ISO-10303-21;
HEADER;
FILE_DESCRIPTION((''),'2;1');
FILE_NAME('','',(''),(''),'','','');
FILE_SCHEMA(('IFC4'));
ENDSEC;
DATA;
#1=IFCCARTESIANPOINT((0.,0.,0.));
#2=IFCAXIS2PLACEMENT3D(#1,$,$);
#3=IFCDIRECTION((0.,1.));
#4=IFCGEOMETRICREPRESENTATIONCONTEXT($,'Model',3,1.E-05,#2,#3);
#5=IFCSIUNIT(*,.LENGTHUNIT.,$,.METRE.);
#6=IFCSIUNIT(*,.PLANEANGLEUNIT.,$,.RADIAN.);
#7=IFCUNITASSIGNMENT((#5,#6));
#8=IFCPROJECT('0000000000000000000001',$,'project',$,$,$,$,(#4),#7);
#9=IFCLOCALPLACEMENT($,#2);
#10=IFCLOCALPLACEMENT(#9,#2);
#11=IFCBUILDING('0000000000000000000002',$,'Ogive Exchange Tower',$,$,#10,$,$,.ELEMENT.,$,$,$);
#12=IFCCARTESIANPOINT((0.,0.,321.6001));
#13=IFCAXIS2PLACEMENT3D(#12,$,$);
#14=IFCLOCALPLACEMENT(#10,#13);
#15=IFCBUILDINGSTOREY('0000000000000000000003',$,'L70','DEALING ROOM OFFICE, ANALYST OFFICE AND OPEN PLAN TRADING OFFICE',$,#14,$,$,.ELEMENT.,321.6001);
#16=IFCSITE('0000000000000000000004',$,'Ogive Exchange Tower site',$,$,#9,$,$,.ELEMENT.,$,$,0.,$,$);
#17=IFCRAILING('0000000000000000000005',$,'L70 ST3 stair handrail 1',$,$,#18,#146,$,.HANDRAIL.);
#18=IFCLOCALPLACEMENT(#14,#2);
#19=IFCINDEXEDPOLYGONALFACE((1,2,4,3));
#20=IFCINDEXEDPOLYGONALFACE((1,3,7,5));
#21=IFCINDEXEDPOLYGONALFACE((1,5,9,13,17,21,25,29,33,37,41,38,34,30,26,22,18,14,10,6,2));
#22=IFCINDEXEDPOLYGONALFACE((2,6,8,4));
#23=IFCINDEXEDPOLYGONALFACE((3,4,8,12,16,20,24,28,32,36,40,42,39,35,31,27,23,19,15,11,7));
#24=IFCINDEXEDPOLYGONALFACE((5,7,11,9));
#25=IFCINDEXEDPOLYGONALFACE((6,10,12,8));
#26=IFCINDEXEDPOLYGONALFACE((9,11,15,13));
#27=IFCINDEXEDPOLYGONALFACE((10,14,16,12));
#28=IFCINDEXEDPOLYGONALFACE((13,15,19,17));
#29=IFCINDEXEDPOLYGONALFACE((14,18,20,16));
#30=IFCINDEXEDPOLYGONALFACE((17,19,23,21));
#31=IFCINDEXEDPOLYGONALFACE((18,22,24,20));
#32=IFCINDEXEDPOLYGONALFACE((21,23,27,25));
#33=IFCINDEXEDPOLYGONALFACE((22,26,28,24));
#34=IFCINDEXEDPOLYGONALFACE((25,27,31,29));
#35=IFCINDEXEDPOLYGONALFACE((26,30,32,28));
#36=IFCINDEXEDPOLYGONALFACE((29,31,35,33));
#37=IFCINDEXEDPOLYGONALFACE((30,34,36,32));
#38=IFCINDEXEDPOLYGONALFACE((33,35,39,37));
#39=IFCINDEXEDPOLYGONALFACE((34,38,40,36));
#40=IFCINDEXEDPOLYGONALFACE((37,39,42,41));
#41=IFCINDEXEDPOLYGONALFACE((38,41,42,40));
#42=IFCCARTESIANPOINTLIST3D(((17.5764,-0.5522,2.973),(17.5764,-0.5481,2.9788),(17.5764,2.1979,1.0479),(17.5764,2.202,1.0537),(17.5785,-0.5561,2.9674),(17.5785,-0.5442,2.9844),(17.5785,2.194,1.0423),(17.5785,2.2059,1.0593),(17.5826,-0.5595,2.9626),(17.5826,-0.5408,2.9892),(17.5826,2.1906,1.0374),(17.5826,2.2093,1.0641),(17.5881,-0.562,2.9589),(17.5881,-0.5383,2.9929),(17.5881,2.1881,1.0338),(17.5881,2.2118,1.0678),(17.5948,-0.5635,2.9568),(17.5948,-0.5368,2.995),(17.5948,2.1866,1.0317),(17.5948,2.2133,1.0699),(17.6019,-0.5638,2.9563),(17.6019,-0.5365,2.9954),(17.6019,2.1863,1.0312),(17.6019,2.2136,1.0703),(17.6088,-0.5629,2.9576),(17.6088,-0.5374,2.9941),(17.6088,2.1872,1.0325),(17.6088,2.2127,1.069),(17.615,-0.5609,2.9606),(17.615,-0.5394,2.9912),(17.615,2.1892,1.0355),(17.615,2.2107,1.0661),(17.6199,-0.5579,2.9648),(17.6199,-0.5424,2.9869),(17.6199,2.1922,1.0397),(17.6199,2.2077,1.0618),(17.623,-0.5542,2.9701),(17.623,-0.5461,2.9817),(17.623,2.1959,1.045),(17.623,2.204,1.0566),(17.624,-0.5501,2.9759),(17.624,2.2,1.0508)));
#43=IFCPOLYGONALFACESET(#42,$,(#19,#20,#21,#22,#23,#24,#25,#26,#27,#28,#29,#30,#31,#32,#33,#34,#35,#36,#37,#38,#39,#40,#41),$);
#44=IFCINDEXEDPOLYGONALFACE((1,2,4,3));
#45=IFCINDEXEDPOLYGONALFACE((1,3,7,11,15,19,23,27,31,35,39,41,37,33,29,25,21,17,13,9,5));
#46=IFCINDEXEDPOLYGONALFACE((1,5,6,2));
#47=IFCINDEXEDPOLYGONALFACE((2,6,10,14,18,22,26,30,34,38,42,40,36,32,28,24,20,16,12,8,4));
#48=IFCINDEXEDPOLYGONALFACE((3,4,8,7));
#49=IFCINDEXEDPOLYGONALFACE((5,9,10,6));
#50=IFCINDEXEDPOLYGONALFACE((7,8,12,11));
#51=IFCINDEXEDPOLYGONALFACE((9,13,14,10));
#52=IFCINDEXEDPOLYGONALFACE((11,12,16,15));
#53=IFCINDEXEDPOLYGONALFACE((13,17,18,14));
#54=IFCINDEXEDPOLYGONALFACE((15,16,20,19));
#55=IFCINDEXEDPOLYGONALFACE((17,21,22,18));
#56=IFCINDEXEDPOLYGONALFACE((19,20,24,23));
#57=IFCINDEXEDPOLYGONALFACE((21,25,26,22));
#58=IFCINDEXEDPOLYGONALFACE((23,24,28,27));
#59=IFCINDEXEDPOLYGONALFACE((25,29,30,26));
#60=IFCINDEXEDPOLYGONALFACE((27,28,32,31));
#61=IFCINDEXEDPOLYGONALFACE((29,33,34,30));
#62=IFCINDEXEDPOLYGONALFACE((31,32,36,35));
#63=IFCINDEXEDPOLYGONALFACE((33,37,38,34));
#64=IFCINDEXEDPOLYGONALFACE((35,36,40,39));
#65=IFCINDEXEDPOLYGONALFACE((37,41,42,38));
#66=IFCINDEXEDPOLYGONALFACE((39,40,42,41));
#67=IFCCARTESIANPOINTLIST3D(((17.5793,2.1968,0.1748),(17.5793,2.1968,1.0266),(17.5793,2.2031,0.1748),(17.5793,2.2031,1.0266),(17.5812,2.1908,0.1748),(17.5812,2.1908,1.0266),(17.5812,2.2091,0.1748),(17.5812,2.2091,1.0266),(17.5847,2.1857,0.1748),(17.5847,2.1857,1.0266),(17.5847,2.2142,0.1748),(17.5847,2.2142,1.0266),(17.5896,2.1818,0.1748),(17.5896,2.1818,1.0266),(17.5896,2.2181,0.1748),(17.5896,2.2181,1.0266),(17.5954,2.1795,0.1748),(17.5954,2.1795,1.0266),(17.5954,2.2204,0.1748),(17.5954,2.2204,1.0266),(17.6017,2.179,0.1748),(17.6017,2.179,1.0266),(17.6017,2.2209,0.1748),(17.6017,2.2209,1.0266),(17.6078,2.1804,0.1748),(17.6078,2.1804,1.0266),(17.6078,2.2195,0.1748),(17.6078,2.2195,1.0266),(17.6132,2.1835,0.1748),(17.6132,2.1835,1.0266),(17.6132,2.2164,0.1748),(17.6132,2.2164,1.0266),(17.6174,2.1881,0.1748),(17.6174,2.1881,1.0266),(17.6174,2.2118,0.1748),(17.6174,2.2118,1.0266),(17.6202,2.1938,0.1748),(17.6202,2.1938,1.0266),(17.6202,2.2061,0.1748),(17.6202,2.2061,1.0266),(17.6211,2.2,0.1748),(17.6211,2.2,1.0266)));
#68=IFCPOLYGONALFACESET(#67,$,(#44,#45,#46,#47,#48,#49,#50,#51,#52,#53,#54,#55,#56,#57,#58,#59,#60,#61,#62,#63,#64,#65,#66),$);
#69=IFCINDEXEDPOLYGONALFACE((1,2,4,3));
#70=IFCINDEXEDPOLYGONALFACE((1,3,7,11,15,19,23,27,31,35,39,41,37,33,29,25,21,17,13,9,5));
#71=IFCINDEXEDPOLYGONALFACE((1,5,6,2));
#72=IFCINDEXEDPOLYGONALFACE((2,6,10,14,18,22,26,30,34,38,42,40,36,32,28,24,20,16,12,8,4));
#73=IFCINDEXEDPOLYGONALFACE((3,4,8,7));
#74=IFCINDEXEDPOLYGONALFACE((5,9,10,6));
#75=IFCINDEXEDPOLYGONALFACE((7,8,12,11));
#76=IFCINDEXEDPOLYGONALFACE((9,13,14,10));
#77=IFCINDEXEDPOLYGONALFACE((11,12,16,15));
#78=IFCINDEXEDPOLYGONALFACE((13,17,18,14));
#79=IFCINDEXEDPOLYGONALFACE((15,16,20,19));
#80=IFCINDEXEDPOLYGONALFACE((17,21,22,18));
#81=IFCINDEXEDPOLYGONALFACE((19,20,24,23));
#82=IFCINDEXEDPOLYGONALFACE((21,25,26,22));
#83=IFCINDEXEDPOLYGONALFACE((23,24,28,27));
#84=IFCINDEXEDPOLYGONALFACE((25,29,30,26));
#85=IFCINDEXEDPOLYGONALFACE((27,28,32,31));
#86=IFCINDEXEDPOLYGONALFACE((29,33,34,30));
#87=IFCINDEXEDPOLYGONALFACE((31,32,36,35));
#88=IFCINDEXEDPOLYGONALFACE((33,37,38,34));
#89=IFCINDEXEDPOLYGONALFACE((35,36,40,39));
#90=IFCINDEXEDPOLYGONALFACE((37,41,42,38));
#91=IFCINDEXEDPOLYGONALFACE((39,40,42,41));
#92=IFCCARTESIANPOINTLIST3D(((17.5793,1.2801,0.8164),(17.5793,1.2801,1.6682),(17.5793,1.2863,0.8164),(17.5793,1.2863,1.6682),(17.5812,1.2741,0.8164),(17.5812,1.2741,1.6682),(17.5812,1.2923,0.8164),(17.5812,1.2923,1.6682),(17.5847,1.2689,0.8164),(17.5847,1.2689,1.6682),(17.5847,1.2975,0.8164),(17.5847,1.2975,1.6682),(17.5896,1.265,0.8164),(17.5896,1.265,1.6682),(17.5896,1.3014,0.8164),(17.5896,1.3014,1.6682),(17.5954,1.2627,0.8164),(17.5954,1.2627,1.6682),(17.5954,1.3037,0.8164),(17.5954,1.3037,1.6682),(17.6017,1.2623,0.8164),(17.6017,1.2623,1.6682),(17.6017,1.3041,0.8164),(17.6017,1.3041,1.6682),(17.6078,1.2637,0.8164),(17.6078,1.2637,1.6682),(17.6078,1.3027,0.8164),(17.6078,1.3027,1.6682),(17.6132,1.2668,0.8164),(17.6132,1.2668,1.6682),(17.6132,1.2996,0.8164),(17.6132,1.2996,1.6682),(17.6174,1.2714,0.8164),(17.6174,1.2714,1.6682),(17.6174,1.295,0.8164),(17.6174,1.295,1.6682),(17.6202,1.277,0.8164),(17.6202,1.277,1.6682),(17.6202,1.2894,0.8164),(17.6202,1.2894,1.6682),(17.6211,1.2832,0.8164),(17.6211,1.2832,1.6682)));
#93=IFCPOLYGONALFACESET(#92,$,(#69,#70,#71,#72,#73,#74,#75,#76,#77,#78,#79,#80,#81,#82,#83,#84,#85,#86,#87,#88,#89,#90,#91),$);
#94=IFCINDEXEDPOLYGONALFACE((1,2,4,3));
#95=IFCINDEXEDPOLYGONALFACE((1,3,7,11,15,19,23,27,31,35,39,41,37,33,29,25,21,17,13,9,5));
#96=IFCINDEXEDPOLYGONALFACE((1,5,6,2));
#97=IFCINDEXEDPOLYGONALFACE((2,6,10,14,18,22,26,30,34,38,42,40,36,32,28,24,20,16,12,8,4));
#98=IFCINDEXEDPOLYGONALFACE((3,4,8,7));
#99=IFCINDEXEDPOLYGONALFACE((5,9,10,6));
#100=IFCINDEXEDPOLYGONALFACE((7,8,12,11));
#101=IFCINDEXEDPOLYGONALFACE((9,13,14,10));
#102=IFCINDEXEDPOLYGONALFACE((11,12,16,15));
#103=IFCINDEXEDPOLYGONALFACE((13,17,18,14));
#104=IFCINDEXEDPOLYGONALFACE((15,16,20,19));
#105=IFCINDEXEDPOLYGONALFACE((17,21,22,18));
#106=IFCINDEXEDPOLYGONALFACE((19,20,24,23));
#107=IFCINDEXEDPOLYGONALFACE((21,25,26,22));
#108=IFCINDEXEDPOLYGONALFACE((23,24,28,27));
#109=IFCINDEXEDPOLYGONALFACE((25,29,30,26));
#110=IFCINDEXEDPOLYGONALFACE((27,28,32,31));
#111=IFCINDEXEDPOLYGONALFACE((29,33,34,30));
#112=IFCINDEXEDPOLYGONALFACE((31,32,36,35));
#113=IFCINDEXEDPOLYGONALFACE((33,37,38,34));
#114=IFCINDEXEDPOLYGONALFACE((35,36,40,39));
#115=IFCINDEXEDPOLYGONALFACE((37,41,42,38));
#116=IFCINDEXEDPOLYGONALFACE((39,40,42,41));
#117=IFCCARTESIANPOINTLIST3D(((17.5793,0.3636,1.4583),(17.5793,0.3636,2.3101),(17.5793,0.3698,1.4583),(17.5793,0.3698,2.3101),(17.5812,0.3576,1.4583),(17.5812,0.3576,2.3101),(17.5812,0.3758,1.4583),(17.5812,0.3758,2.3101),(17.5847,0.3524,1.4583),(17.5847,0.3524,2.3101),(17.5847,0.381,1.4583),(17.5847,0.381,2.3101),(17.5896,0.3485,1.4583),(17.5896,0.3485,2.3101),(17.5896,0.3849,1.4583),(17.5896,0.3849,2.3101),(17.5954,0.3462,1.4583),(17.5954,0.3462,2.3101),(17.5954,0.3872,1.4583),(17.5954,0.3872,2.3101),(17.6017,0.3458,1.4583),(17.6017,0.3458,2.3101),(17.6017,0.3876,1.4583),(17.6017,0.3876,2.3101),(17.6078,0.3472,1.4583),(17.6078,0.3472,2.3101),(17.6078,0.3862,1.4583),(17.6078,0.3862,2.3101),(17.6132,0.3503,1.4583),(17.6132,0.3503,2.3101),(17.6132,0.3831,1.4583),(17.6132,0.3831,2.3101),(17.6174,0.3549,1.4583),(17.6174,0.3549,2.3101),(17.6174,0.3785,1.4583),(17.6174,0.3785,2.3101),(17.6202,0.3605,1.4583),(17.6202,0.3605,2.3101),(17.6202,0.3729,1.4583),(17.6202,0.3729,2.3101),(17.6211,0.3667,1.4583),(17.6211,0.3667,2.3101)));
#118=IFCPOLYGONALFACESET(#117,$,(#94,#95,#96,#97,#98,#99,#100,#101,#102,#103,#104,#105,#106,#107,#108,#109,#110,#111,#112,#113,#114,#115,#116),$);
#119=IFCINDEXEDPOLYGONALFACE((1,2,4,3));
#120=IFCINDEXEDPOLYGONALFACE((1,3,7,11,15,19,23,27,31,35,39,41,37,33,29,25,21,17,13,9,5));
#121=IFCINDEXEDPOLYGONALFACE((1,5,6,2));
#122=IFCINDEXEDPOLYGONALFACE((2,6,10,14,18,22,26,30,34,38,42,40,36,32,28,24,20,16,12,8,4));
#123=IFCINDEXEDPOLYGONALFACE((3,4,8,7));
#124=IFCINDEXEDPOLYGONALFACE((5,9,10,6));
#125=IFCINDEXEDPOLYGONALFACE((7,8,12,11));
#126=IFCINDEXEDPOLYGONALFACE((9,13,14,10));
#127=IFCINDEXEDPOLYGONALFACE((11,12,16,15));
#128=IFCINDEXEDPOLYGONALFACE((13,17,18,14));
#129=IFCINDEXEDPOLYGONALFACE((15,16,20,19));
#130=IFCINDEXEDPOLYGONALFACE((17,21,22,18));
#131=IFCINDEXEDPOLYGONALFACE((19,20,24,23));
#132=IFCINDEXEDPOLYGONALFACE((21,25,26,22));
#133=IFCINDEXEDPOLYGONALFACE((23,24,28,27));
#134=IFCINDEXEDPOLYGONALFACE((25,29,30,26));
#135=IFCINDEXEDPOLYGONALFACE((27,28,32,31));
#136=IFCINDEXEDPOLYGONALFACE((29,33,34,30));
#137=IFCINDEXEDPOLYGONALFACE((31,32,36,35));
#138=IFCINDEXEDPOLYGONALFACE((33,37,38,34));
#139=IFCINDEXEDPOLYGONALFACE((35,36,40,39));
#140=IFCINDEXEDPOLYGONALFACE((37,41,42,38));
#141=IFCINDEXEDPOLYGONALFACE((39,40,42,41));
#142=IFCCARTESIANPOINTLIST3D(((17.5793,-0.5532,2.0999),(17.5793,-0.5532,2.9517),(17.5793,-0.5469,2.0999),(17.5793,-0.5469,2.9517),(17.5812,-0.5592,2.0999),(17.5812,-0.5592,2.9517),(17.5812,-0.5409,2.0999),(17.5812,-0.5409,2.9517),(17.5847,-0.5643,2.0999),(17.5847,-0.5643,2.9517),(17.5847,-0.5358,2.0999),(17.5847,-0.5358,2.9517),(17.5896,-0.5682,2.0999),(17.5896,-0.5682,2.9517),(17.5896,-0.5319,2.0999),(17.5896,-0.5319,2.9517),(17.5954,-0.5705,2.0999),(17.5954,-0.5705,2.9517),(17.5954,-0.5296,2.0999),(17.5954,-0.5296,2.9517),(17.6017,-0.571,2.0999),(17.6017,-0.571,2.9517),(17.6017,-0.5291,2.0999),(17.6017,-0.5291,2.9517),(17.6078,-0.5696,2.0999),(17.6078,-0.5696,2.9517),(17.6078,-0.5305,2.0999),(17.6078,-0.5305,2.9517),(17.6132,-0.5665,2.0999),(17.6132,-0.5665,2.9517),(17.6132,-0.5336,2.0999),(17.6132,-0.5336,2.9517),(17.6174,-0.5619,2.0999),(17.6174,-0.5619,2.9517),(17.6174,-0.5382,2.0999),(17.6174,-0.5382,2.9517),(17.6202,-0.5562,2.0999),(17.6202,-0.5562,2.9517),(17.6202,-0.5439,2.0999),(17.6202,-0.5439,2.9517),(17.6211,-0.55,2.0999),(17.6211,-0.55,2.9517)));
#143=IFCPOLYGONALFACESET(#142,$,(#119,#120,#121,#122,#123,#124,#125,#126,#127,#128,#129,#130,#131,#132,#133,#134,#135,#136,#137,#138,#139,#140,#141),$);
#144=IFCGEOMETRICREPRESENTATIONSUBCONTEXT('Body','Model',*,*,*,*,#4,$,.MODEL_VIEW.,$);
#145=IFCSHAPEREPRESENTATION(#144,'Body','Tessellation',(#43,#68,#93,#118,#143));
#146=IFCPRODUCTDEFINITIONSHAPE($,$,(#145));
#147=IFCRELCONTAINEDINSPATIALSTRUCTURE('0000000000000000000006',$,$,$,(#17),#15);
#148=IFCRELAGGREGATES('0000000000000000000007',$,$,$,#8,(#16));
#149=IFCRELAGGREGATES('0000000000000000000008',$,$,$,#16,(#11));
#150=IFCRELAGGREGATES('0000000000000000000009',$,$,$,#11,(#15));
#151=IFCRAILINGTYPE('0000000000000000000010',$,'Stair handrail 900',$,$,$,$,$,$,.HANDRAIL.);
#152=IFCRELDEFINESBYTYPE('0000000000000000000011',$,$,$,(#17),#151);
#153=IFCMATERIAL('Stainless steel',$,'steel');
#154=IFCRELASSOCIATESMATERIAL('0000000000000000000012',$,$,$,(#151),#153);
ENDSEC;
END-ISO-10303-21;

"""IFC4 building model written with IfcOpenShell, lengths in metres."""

from ifc_helpers import new_model, si_unit, direction, frame, origin, origin_2d, place, context, subcontext, project, spatial, circle, extrude, material, type_object, element, save


model = new_model("IFC4")

# Units and contexts
model_context = context("Model", 3, precision=1e-05, world=origin(), true_north=direction((0.0, 1.0)))
body_context = subcontext(model_context, "Body", "Model", "MODEL_VIEW")
ifc_project = project(units=[si_unit("LENGTHUNIT", "METRE"), si_unit("PLANEANGLEUNIT", "RADIAN")], contexts=[model_context])

# Site, building, storey
site_placement = place(None, origin())
site = spatial("IfcSite", under=ifc_project, at=site_placement, Name="Ogive Exchange Tower site", CompositionType="ELEMENT", RefElevation=0.0)
building_placement = place(site_placement, origin())
building = spatial("IfcBuilding", under=site, at=building_placement, Name="Ogive Exchange Tower", CompositionType="ELEMENT")
storey_placement = place(building_placement, frame((0.0, 0.0, 321.6001)))
storey = spatial("IfcBuildingStorey", under=building, at=storey_placement, Name="L70", Description="DEALING ROOM OFFICE, ANALYST OFFICE AND OPEN PLAN TRADING OFFICE", CompositionType="ELEMENT", Elevation=321.6001)

# Shared definitions
ifc_material_1 = material(Name="Stainless steel", Category="steel")

# Railing
railing_type = type_object("IfcRailingType", Name="Stair handrail 900", PredefinedType="HANDRAIL", material=ifc_material_1)
railing_1_placement = place(storey_placement, frame((17.6001, 2.2, 0.1748)))
element("IfcRailing", 1, at=railing_1_placement, inside=storey, type_object=railing_type, Name="L70 ST3 stair handrail 1", PredefinedType="HANDRAIL", context=body_context, shape_type="SweptSolid", body=[
    extrude(circle(Radius=0.0239, at=origin_2d()), frame((0.0, 0.0, 0.876), z_axis=(0.0, -0.819225, 0.573472), x_axis=(1.0, 0.0, 0.0)), (0.0, 0.0, 1.0), 3.3569),
    extrude(circle(Radius=0.021, at=origin_2d()), origin(), (0.0, 0.0, 1.0), 0.8518),
    extrude(circle(Radius=0.021, at=origin_2d()), frame((0.0, -0.9167, 0.6416)), (0.0, 0.0, 1.0), 0.8518),
    extrude(circle(Radius=0.021, at=origin_2d()), frame((0.0, -1.8333, 1.2834)), (0.0, 0.0, 1.0), 0.8518),
    extrude(circle(Radius=0.021, at=origin_2d()), frame((0.0, -2.75, 1.925)), (0.0, 0.0, 1.0), 0.8518),
])

save(model, "model.ifc")
